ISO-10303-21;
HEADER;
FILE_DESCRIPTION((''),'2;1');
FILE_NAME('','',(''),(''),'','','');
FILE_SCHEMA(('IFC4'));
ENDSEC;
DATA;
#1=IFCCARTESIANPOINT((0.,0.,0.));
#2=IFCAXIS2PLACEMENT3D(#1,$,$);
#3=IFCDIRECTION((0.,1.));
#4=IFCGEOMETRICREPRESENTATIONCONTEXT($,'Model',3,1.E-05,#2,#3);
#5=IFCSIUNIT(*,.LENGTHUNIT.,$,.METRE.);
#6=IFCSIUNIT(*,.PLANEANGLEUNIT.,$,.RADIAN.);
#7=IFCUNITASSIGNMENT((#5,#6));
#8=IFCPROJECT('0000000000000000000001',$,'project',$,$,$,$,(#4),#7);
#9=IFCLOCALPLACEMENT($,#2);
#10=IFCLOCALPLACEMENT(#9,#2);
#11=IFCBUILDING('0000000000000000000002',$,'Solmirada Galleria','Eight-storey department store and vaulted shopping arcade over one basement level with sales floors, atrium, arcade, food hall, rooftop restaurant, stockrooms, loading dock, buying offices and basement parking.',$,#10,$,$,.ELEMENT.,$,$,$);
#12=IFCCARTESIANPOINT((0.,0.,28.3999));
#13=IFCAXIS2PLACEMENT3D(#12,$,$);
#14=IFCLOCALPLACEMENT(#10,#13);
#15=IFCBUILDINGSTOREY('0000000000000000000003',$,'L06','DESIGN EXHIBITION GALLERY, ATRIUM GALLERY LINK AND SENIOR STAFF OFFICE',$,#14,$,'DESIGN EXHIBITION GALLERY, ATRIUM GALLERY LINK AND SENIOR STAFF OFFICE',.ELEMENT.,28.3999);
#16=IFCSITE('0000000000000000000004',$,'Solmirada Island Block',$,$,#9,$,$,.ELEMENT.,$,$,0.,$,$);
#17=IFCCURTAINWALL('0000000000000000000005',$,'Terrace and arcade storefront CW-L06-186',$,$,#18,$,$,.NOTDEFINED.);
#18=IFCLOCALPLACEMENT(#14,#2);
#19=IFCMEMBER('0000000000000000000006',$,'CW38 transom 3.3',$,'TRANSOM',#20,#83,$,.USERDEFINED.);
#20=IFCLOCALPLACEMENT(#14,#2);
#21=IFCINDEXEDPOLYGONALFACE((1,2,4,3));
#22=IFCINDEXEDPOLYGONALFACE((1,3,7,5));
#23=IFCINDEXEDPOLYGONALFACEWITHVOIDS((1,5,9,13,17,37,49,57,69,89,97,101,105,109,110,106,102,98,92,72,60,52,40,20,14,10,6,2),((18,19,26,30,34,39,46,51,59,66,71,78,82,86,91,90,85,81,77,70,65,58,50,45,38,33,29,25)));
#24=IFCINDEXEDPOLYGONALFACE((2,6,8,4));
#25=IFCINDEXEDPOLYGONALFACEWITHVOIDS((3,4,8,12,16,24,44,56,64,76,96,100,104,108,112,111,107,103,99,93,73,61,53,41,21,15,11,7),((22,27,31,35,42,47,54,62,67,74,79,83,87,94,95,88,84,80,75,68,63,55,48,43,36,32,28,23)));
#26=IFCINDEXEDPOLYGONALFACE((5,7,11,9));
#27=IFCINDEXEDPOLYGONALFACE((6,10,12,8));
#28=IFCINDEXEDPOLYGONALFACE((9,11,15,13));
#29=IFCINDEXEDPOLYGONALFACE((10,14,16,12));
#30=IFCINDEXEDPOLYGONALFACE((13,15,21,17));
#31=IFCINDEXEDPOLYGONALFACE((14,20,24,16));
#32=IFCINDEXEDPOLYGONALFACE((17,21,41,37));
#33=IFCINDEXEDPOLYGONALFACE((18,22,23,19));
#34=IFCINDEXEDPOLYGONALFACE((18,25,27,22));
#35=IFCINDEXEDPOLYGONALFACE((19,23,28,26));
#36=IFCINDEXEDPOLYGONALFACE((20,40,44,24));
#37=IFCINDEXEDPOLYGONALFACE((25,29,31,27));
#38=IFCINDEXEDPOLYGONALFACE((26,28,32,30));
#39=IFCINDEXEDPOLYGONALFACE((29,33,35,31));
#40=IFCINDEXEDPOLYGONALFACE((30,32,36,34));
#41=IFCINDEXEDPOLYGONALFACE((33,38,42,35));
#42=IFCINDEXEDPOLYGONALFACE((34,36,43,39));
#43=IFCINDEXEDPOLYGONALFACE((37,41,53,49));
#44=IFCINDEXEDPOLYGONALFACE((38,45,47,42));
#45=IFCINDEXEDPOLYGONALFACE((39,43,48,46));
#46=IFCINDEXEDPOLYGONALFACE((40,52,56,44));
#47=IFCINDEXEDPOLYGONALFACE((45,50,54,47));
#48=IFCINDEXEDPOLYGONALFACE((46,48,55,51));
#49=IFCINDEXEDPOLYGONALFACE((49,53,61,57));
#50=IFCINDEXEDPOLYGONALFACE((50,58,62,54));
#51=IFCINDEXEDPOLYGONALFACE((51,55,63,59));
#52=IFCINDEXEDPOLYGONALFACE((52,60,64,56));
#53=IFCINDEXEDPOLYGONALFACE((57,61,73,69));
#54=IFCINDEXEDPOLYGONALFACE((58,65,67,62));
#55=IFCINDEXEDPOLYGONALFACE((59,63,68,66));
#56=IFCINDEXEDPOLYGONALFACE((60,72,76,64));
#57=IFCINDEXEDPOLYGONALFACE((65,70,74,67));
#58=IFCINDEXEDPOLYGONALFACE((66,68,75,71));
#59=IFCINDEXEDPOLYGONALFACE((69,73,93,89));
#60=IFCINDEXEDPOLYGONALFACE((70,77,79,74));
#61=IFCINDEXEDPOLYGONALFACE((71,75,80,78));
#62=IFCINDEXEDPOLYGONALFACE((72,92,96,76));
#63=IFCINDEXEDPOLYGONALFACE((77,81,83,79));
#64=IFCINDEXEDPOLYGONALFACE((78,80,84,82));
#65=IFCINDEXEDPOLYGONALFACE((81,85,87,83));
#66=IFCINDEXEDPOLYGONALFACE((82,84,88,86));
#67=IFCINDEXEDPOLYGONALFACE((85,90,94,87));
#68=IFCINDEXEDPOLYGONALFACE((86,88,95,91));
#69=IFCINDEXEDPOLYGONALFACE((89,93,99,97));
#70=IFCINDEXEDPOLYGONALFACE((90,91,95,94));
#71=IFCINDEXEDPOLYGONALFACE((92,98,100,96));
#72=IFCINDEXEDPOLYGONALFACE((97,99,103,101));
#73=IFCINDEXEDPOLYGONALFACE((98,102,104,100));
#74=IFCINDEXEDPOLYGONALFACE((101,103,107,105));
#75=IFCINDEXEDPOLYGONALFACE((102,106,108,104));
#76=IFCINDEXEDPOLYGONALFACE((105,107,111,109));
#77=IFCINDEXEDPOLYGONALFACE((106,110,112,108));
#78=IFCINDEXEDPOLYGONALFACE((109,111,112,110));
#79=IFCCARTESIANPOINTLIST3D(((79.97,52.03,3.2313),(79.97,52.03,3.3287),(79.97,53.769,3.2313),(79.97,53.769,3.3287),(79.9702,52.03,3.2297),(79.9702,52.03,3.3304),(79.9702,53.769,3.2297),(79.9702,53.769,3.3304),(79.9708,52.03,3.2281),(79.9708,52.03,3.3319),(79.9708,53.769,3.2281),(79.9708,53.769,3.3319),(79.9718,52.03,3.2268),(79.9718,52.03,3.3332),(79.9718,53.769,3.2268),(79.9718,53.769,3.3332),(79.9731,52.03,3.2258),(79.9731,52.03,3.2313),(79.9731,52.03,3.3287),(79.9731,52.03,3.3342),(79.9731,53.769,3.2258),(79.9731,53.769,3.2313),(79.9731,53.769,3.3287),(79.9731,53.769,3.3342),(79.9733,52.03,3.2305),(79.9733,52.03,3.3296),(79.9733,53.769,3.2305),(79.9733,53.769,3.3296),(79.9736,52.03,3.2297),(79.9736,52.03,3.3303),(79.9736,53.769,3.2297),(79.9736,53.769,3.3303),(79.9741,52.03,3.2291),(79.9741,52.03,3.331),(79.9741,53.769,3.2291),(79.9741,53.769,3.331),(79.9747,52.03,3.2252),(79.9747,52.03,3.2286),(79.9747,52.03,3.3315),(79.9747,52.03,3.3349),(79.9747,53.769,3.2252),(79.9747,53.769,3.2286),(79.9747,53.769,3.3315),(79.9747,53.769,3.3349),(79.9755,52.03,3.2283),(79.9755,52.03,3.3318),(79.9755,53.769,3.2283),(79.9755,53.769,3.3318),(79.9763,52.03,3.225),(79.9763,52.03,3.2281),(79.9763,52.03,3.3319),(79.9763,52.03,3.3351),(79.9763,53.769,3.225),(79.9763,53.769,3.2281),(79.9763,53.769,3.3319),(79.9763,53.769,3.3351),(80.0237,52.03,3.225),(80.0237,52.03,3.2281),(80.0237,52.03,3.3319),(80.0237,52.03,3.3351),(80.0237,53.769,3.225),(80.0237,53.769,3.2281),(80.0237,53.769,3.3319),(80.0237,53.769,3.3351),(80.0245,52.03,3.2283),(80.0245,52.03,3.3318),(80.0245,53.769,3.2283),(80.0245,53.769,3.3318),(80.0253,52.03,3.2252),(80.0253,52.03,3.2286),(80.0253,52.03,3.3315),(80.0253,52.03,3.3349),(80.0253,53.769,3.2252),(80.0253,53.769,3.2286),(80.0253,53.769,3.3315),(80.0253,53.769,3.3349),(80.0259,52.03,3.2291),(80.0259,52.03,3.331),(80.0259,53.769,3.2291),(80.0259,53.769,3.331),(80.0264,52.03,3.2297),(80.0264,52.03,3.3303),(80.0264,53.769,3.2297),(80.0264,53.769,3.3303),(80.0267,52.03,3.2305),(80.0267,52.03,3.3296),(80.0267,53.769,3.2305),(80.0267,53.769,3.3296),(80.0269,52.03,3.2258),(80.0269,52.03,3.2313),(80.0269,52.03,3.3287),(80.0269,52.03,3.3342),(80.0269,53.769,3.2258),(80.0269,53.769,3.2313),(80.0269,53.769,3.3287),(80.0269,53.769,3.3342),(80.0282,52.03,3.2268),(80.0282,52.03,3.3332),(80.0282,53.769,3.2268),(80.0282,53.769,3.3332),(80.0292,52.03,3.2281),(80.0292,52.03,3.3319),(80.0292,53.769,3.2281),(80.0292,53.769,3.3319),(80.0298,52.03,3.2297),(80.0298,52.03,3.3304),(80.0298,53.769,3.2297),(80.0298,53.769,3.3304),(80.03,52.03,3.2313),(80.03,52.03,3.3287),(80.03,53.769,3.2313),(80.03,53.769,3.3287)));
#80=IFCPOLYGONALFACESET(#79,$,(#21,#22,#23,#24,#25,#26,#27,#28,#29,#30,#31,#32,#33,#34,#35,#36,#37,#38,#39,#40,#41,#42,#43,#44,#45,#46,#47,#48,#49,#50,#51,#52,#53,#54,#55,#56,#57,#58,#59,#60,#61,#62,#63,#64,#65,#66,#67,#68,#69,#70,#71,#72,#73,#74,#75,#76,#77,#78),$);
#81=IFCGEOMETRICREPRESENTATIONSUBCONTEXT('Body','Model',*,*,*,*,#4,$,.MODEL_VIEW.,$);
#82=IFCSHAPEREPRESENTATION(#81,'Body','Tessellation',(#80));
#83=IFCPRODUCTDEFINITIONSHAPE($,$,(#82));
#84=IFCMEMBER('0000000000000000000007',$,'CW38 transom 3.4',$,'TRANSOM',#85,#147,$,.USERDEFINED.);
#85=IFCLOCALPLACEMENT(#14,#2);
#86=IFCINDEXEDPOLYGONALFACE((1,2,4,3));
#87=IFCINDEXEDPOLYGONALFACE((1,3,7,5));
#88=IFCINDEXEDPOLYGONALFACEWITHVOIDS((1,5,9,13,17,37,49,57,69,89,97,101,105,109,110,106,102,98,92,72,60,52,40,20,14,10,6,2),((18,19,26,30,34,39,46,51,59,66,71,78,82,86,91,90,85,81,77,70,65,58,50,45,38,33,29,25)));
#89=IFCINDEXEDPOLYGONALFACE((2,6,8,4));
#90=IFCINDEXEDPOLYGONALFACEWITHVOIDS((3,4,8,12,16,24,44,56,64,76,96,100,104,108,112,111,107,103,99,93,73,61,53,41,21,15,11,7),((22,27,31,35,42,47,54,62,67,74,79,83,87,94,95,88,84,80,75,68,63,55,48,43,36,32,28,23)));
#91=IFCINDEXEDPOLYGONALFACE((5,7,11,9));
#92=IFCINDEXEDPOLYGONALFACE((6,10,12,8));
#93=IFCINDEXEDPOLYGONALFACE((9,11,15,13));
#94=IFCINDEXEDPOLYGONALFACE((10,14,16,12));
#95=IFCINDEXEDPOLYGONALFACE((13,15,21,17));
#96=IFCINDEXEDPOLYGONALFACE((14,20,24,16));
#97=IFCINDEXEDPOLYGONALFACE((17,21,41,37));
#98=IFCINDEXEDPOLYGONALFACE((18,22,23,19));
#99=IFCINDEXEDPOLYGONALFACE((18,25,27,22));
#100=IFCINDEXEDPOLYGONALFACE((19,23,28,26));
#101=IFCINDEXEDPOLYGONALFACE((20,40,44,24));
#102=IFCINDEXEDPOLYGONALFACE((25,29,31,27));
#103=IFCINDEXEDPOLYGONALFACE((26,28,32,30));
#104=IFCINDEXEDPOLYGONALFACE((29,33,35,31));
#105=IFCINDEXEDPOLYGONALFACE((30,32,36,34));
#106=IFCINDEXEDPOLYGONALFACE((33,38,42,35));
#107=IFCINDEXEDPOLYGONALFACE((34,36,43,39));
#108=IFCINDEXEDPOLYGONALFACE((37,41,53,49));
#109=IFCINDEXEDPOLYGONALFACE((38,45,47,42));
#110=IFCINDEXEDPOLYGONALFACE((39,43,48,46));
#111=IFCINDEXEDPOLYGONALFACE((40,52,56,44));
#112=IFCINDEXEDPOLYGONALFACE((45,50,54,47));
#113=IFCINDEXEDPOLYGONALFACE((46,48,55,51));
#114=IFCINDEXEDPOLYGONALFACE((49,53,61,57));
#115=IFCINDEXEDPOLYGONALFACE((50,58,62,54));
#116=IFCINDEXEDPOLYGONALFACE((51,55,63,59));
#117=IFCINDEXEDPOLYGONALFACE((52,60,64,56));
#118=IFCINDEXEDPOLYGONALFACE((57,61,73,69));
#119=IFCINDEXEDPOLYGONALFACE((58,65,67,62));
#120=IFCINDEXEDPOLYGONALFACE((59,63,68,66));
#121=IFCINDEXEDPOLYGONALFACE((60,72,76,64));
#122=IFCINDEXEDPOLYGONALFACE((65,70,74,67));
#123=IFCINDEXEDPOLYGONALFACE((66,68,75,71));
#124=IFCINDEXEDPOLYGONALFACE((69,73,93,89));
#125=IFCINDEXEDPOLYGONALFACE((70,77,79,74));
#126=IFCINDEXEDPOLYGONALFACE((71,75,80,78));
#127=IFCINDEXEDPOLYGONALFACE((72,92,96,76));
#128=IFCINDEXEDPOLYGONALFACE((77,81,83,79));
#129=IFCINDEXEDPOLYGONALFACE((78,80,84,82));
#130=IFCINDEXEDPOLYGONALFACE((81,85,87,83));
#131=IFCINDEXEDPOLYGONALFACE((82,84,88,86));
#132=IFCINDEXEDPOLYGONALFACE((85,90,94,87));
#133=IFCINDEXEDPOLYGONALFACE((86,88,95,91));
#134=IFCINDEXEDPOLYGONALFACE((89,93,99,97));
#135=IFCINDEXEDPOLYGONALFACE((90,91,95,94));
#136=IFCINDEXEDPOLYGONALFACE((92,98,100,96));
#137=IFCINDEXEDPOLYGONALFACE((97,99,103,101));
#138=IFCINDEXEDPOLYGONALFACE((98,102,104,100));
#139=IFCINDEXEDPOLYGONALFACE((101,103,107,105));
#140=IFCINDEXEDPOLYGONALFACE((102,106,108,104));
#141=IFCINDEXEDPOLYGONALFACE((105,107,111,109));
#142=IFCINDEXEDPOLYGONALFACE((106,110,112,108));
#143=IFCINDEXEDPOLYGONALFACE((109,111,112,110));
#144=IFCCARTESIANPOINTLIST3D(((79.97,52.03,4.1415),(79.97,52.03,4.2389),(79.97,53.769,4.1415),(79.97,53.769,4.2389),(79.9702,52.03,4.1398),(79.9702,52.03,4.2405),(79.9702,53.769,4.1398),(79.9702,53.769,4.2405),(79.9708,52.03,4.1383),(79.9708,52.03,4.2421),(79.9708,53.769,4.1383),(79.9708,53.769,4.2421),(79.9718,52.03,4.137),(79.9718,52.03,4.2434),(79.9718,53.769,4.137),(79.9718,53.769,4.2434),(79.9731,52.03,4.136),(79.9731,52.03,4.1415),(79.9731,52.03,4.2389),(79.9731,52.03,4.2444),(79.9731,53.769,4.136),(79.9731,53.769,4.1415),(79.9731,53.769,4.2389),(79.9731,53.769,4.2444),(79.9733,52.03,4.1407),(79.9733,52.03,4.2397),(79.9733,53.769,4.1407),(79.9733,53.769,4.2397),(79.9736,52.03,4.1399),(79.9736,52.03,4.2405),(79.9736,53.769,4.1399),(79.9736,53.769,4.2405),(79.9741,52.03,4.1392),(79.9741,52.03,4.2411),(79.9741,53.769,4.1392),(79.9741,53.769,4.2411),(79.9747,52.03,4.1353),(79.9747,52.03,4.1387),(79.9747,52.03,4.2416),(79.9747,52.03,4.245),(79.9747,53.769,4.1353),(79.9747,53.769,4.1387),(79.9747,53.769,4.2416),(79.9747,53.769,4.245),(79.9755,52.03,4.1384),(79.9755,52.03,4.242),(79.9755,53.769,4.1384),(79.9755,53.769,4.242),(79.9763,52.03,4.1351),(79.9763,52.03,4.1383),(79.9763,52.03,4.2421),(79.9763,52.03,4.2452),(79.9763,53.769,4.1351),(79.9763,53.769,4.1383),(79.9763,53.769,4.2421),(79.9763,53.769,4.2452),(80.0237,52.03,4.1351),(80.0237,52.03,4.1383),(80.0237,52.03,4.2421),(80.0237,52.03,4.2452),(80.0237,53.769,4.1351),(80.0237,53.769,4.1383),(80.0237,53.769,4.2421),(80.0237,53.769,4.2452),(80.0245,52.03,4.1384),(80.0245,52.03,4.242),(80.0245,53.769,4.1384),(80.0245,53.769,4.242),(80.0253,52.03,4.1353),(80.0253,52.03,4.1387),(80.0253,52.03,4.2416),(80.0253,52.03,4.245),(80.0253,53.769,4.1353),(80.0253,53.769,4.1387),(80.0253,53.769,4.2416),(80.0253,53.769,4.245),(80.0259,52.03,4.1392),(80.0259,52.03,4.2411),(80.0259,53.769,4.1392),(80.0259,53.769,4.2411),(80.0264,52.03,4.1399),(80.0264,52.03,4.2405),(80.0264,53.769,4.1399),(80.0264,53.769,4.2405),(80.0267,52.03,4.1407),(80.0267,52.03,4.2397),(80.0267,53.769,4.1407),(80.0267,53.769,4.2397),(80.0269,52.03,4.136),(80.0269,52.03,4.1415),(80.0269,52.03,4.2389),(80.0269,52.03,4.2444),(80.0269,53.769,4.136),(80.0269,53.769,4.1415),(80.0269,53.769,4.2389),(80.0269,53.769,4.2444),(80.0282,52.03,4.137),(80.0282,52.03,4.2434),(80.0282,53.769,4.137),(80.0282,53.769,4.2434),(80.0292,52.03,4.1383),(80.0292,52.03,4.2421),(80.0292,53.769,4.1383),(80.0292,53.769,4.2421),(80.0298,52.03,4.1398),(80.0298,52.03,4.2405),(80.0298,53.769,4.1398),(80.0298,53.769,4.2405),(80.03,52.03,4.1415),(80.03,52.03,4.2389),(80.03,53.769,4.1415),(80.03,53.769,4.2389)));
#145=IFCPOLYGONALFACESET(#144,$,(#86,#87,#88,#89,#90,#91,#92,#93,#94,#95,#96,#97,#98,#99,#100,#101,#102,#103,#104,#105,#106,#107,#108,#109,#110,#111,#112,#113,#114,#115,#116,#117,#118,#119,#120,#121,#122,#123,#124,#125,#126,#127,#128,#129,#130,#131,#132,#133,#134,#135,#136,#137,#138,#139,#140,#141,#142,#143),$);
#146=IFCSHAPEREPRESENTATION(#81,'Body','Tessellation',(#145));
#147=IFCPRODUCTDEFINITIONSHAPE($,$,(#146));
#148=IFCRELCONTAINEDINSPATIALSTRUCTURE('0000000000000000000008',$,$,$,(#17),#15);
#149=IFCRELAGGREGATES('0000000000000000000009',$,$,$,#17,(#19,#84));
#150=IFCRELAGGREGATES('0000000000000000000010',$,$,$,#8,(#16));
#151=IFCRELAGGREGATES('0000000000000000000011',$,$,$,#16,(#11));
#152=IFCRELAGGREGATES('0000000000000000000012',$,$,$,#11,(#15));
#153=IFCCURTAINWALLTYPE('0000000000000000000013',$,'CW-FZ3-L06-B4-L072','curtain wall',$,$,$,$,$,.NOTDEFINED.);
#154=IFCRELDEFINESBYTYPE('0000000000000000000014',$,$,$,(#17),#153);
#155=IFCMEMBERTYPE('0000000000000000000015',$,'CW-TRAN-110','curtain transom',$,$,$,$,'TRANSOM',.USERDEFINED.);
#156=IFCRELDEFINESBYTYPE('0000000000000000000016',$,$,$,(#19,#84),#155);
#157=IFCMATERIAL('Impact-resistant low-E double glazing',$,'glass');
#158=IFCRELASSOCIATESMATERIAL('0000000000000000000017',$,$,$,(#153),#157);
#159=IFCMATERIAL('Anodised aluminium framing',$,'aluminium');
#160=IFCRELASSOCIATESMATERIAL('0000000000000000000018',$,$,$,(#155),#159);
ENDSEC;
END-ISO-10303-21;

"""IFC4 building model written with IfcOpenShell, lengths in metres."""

from ifc_helpers import new_model, si_unit, direction, frame, origin, origin_2d, place, context, subcontext, project, spatial, hollow_rectangle, extrude, material, material_profile, profile_set, type_object, element, aggregate, save


model = new_model("IFC4")

# Units and contexts
model_context = context("Model", 3, precision=1e-05, world=origin(), true_north=direction((0.0, 1.0)))
body_context = subcontext(model_context, "Body", "Model", "MODEL_VIEW")
ifc_project = project(units=[si_unit("LENGTHUNIT", "METRE"), si_unit("PLANEANGLEUNIT", "RADIAN")], contexts=[model_context])

# Site, building, storey
site_placement = place(None, origin())
site = spatial("IfcSite", under=ifc_project, at=site_placement, Name="Solmirada Island Block", CompositionType="ELEMENT", RefElevation=0.0)
building_placement = place(site_placement, origin())
building = spatial("IfcBuilding", under=site, at=building_placement, Name="Solmirada Galleria", Description="Eight-storey department store and vaulted shopping arcade over one basement level with sales floors, atrium, arcade, food hall, rooftop restaurant, stockrooms, loading dock, buying offices and basement parking.", CompositionType="ELEMENT")
storey_placement = place(building_placement, frame((0.0, 0.0, 28.3999)))
storey = spatial("IfcBuildingStorey", under=building, at=storey_placement, Name="L06", Description="DESIGN EXHIBITION GALLERY, ATRIUM GALLERY LINK AND SENIOR STAFF OFFICE", LongName="DESIGN EXHIBITION GALLERY, ATRIUM GALLERY LINK AND SENIOR STAFF OFFICE", CompositionType="ELEMENT", Elevation=28.3999)

# Curtain wall, members
ifc_material_1 = material(Name="Impact-resistant low-E double glazing", Category="glass")
curtain_wall_type = type_object("IfcCurtainWallType", Name="CW-FZ3-L06-B4-L072", Description="curtain wall", PredefinedType="NOTDEFINED", material=ifc_material_1)
curtain_wall_placement = place(storey_placement, origin())
curtain_wall = element("IfcCurtainWall", 1, at=curtain_wall_placement, inside=storey, type_object=curtain_wall_type, Name="Terrace and arcade storefront CW-L06-186", PredefinedType="NOTDEFINED")
ifc_material_2 = material(Name="Anodised aluminium framing", Category="aluminium")
ifc_material_profile_1 = material_profile(ifc_material_2, hollow_rectangle(XDim=0.0601, YDim=0.1101, WallThickness=0.0032, InnerFilletRadius=0.0032, OuterFilletRadius=0.0063, at=origin_2d()), Name="ALU-TRAN-110X60")
ifc_profile_set_1 = profile_set([ifc_material_profile_1], Name="Anodised aluminium framing")
member_type_1 = type_object("IfcMemberType", Name="CW-TRAN-110", Description="curtain transom", ElementType="TRANSOM", PredefinedType="USERDEFINED", material=ifc_profile_set_1)
member_1_placement = place(storey_placement, frame((80.0, 52.03, 3.28), z_axis=(0.0, 1.0, 0.0), x_axis=(-1.0, 0.0, 0.0)))
member_1 = element("IfcMember", 2, at=member_1_placement, type_object=member_type_1, Name="CW38 transom 3.3", ObjectType="TRANSOM", PredefinedType="USERDEFINED", context=body_context, shape_type="SweptSolid", body=[
    extrude(hollow_rectangle(XDim=0.0601, YDim=0.1101, WallThickness=0.0032, InnerFilletRadius=0.0032, OuterFilletRadius=0.0063, at=origin_2d()), origin(), (0.0, 0.0, 1.0), 1.739),
])
member_2_placement = place(storey_placement, frame((80.0, 52.03, 4.1902), z_axis=(0.0, 1.0, 0.0), x_axis=(-1.0, 0.0, 0.0)))
member_2 = element("IfcMember", 3, at=member_2_placement, type_object=member_type_1, Name="CW38 transom 3.4", ObjectType="TRANSOM", PredefinedType="USERDEFINED", context=body_context, shape_type="SweptSolid", body=[
    extrude(hollow_rectangle(XDim=0.0601, YDim=0.1101, WallThickness=0.0032, InnerFilletRadius=0.0032, OuterFilletRadius=0.0063, at=origin_2d()), origin(), (0.0, 0.0, 1.0), 1.739),
])
aggregate(curtain_wall, [member_1, member_2])

save(model, "model.ifc")
